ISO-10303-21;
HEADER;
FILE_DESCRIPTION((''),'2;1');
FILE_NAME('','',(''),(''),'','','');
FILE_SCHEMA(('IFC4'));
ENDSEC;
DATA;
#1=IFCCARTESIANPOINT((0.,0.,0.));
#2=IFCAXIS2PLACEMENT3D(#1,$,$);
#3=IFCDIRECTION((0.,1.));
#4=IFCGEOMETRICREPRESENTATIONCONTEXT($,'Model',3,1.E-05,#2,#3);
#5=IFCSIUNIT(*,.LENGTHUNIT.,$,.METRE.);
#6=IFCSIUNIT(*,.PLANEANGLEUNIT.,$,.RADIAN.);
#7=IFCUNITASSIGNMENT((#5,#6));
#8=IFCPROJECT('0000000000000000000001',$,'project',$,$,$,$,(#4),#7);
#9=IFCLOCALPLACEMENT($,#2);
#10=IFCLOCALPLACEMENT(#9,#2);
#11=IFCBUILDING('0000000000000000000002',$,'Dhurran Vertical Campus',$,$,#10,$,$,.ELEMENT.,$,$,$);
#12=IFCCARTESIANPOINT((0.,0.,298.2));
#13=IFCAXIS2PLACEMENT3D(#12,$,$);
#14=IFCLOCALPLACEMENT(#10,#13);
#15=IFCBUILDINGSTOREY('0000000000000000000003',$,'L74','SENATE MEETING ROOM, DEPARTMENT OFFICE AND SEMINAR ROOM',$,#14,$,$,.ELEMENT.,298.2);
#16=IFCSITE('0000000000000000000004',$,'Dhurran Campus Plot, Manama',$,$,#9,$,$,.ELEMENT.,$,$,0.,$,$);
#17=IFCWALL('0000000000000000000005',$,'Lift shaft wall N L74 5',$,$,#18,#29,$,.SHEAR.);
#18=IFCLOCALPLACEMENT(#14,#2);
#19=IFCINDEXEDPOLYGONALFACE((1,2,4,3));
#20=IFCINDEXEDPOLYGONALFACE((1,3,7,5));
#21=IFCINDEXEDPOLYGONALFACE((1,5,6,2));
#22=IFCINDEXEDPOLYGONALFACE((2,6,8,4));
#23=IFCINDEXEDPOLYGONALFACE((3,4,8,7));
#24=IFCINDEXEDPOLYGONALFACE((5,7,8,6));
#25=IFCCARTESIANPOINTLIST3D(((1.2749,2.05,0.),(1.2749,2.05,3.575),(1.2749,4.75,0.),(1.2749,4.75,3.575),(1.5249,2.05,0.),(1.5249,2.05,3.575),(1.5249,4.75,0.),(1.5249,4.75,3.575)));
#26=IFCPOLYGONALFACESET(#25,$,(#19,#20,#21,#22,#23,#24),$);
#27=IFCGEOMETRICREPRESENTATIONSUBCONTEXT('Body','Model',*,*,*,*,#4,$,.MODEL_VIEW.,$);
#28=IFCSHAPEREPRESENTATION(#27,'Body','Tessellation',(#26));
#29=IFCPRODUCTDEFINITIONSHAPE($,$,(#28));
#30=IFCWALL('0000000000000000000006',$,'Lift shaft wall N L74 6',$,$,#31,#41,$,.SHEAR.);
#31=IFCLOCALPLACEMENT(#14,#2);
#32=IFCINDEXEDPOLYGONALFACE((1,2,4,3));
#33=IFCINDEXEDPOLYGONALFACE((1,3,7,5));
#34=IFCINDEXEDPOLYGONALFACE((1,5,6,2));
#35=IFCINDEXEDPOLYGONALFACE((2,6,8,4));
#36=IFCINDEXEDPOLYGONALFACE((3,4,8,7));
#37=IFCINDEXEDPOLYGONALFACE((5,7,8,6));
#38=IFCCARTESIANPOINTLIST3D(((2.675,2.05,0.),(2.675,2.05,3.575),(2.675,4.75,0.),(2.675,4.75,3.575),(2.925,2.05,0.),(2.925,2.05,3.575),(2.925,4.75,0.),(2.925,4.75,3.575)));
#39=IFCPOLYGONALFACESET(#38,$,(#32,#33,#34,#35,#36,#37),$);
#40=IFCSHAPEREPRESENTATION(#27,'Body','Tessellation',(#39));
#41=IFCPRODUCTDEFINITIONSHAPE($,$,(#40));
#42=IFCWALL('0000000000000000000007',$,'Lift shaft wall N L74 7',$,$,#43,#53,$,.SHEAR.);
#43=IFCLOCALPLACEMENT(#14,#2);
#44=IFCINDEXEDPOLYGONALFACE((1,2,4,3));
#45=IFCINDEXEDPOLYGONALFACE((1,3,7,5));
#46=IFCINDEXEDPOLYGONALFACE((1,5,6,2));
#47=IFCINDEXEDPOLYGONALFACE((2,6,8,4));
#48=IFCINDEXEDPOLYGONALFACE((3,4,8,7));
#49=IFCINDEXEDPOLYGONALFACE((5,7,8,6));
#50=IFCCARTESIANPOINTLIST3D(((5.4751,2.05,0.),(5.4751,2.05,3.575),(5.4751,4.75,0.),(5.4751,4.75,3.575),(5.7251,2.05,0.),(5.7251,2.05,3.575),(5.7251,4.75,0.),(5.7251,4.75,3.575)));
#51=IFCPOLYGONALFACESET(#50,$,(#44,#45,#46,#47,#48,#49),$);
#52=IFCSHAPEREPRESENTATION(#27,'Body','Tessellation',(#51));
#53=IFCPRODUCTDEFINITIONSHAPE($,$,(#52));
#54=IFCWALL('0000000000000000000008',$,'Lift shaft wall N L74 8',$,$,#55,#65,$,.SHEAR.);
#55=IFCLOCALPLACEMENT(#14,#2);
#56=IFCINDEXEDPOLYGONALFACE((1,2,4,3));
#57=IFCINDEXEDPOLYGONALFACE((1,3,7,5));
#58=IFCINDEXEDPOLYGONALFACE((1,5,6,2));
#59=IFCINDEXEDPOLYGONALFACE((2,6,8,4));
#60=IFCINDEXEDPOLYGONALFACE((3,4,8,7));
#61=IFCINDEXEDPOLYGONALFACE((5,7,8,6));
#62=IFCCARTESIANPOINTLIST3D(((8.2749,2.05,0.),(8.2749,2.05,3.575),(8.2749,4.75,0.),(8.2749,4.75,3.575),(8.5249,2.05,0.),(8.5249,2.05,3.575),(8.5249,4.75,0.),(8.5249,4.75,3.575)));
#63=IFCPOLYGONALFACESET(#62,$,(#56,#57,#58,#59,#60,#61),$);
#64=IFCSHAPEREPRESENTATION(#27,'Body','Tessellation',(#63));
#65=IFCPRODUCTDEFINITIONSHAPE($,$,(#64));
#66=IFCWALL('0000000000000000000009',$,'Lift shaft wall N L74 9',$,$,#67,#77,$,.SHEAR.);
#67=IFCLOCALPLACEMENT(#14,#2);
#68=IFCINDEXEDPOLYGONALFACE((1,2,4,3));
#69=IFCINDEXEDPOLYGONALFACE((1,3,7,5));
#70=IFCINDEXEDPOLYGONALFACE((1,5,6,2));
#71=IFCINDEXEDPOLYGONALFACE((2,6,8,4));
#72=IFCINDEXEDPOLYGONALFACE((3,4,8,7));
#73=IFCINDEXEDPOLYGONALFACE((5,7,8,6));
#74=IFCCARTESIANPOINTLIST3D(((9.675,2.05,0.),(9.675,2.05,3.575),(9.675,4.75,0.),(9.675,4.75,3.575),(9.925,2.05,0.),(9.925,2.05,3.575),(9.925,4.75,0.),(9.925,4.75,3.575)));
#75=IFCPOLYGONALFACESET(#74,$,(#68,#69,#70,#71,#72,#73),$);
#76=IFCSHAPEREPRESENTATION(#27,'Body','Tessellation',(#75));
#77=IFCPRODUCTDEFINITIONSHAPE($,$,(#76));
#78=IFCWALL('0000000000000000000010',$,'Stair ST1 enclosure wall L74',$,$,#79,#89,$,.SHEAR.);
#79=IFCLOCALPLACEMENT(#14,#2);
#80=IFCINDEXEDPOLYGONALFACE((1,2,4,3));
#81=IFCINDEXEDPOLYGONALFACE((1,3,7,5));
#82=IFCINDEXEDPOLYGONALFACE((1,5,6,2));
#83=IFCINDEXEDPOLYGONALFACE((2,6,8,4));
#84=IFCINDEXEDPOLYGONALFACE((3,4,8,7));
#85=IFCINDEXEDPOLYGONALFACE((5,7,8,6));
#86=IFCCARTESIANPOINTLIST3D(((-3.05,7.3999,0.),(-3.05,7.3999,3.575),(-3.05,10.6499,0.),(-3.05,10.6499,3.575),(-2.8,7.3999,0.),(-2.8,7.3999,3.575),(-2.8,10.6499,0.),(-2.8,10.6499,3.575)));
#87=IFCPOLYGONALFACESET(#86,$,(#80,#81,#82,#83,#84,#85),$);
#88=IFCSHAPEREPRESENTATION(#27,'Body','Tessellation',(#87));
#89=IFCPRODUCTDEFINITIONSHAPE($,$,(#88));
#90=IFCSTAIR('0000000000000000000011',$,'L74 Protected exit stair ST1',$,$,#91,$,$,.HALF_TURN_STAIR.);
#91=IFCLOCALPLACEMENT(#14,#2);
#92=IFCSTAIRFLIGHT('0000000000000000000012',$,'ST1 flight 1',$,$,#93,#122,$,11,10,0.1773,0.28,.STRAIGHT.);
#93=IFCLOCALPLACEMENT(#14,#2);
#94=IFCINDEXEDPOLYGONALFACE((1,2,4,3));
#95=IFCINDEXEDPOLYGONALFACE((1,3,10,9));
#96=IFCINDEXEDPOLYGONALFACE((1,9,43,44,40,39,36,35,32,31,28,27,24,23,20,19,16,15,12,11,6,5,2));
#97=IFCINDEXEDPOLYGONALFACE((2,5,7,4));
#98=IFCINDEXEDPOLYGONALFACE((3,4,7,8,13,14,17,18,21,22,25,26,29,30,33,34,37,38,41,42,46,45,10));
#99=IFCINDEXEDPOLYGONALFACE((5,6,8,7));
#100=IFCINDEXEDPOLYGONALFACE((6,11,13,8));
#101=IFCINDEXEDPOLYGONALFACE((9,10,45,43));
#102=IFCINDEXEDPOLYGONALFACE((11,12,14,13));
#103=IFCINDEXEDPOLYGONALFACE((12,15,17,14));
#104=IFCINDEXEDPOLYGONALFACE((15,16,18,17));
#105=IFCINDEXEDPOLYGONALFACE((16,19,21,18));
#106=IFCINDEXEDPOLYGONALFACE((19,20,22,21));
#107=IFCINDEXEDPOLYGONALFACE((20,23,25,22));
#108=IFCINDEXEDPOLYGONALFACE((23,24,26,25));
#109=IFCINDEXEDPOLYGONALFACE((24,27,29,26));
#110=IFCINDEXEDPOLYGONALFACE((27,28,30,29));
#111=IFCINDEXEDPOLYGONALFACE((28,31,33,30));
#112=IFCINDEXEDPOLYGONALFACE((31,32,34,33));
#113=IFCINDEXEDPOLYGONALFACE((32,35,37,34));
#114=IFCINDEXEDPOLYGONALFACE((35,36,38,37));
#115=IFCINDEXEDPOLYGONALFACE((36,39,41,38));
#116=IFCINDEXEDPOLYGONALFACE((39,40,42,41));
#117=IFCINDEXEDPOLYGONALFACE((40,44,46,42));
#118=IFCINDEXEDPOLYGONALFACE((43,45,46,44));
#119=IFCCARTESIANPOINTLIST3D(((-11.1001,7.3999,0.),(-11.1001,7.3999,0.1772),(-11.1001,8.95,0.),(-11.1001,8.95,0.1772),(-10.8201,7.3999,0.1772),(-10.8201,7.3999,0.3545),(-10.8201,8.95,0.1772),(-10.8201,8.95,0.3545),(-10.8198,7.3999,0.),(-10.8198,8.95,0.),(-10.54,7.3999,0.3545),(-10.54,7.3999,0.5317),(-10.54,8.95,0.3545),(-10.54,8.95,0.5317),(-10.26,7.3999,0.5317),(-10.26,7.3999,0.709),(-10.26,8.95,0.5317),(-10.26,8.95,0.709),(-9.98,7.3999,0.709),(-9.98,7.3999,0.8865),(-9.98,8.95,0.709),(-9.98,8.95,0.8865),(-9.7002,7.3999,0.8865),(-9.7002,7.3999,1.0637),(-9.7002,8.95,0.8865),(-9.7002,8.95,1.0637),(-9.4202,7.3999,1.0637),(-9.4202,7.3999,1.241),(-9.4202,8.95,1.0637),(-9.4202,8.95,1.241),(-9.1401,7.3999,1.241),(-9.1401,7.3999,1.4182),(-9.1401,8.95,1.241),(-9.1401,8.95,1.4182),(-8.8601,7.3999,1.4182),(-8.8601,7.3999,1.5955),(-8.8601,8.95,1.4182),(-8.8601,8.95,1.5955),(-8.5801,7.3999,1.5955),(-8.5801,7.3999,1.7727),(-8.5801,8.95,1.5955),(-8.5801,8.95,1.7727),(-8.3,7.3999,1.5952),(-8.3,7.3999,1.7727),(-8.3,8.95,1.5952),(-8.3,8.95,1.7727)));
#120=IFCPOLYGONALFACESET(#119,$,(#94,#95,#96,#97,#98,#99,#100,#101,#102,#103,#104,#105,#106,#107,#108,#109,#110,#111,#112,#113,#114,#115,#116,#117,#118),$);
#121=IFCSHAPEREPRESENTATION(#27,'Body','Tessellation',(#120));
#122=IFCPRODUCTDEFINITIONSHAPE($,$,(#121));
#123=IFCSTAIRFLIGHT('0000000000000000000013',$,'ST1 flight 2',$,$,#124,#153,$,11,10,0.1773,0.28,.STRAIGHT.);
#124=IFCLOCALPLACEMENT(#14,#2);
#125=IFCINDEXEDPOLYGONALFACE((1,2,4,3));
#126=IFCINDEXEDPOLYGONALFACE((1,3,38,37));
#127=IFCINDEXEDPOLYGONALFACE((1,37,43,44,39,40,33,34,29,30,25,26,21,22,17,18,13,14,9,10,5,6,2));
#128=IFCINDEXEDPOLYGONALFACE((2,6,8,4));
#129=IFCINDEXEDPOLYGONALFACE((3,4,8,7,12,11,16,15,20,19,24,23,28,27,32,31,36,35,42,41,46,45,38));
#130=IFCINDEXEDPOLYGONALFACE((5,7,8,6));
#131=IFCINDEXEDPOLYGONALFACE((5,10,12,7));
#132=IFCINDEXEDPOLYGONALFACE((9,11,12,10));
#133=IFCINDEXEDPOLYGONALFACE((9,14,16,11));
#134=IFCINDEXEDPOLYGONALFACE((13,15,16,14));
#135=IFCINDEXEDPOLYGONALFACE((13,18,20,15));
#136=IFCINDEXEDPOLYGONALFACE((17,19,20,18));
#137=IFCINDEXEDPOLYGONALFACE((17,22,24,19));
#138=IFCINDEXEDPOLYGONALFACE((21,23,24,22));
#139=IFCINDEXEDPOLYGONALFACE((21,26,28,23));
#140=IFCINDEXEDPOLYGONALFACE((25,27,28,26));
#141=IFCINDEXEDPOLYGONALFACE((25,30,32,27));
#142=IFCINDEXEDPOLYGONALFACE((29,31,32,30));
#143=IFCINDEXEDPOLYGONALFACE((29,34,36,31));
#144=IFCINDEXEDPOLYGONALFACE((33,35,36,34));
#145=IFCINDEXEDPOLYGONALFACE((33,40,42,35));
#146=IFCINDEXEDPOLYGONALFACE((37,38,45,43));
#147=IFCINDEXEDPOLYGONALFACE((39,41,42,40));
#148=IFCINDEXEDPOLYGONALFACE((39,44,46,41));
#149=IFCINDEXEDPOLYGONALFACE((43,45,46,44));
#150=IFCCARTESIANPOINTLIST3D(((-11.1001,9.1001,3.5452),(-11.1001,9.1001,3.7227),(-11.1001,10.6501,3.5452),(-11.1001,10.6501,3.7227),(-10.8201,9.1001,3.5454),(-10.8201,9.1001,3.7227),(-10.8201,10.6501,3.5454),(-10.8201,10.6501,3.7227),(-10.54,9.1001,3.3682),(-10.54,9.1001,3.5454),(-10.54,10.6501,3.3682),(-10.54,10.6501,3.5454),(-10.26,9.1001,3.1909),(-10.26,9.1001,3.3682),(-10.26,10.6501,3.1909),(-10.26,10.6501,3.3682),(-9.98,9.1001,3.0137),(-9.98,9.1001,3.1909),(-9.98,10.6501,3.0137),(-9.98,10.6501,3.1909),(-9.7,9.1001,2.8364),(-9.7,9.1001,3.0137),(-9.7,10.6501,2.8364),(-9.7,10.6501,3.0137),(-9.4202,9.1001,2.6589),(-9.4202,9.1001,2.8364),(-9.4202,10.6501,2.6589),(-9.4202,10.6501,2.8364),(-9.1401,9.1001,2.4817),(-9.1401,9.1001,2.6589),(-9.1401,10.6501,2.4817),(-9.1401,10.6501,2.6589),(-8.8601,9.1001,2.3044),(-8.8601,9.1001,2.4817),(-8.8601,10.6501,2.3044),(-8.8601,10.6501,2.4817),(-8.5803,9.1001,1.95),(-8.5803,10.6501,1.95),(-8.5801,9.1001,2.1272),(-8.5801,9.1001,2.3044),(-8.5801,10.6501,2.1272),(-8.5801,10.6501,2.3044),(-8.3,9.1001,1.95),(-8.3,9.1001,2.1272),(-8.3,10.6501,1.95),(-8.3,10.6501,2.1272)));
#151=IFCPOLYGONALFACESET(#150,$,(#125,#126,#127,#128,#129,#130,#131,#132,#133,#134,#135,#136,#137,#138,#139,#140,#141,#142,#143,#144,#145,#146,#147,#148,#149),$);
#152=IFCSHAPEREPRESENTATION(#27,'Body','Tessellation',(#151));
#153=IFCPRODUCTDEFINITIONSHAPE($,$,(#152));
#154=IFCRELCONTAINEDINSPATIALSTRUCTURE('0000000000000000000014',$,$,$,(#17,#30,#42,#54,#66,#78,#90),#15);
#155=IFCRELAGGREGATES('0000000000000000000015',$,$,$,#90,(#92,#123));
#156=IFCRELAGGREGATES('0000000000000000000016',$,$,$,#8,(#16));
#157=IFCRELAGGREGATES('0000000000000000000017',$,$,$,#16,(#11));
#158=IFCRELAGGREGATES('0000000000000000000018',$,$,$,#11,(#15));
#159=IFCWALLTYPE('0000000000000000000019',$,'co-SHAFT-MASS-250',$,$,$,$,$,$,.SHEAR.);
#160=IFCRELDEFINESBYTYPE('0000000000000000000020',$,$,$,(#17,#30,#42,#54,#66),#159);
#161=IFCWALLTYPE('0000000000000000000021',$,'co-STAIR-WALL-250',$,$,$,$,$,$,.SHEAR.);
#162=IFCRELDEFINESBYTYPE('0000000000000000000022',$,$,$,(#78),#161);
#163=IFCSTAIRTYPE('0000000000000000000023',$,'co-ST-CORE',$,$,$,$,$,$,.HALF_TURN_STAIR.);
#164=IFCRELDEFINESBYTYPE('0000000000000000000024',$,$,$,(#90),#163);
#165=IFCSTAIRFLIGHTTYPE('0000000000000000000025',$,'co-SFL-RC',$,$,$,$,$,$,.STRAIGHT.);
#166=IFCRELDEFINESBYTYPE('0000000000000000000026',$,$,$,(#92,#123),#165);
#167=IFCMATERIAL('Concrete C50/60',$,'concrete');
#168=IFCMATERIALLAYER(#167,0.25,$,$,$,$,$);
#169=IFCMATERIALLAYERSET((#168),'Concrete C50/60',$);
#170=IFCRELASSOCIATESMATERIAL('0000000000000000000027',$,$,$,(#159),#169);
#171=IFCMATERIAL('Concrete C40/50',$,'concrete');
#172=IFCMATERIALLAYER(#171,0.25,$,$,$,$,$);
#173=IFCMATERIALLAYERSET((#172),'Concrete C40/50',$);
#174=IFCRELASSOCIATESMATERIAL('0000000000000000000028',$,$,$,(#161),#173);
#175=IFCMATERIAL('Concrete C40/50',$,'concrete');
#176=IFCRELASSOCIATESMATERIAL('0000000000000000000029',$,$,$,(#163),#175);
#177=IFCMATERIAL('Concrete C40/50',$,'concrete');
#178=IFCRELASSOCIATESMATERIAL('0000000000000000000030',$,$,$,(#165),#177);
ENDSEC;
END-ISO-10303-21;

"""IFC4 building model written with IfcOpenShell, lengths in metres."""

from ifc_helpers import new_model, si_unit, direction, frame, frame_2d, origin, place, context, subcontext, project, spatial, polyline, rectangle, outline, extrude, material, layer, layer_set, type_object, element, aggregate, save


model = new_model("IFC4")

# Units and contexts
model_context = context("Model", 3, precision=1e-05, world=origin(), true_north=direction((0.0, 1.0)))
body_context = subcontext(model_context, "Body", "Model", "MODEL_VIEW")
ifc_project = project(units=[si_unit("LENGTHUNIT", "METRE"), si_unit("PLANEANGLEUNIT", "RADIAN")], contexts=[model_context])

# Site, building, storey
site_placement = place(None, origin())
site = spatial("IfcSite", under=ifc_project, at=site_placement, Name="Dhurran Campus Plot, Manama", CompositionType="ELEMENT", RefElevation=0.0)
building_placement = place(site_placement, origin())
building = spatial("IfcBuilding", under=site, at=building_placement, Name="Dhurran Vertical Campus", CompositionType="ELEMENT")
storey_placement = place(building_placement, frame((0.0, 0.0, 298.2)))
storey = spatial("IfcBuildingStorey", under=building, at=storey_placement, Name="L74", Description="SENATE MEETING ROOM, DEPARTMENT OFFICE AND SEMINAR ROOM", CompositionType="ELEMENT", Elevation=298.2)

# Walls
ifc_material_1 = material(Name="Concrete C50/60", Category="concrete")
ifc_layer_1 = layer(ifc_material_1, 0.25)
ifc_layer_set_1 = layer_set([ifc_layer_1], Name="Concrete C50/60")
wall_type_1 = type_object("IfcWallType", Name="co-SHAFT-MASS-250", PredefinedType="SHEAR", material=ifc_layer_set_1)
wall_1_placement = place(storey_placement, origin())
element("IfcWall", 1, at=wall_1_placement, inside=storey, type_object=wall_type_1, Name="Lift shaft wall N L74 5", PredefinedType="SHEAR", context=body_context, shape_type="SweptSolid", body=[
    extrude(outline(polyline([(1.2749, 2.05), (1.5249, 2.05), (1.5249, 4.75), (1.2749, 4.75), (1.2749, 2.05)])), origin(), (0.0, 0.0, 1.0), 3.575),
])
wall_2_placement = place(storey_placement, origin())
element("IfcWall", 2, at=wall_2_placement, inside=storey, type_object=wall_type_1, Name="Lift shaft wall N L74 6", PredefinedType="SHEAR", context=body_context, shape_type="SweptSolid", body=[
    extrude(outline(polyline([(2.675, 2.05), (2.925, 2.05), (2.925, 4.75), (2.675, 4.75), (2.675, 2.05)])), origin(), (0.0, 0.0, 1.0), 3.575),
])
wall_3_placement = place(storey_placement, origin())
element("IfcWall", 3, at=wall_3_placement, inside=storey, type_object=wall_type_1, Name="Lift shaft wall N L74 7", PredefinedType="SHEAR", context=body_context, shape_type="SweptSolid", body=[
    extrude(outline(polyline([(5.4751, 2.05), (5.7251, 2.05), (5.7251, 4.75), (5.4751, 4.75), (5.4751, 2.05)])), origin(), (0.0, 0.0, 1.0), 3.575),
])
wall_4_placement = place(storey_placement, origin())
element("IfcWall", 4, at=wall_4_placement, inside=storey, type_object=wall_type_1, Name="Lift shaft wall N L74 8", PredefinedType="SHEAR", context=body_context, shape_type="SweptSolid", body=[
    extrude(outline(polyline([(8.2749, 2.05), (8.5249, 2.05), (8.5249, 4.75), (8.2749, 4.75), (8.2749, 2.05)])), origin(), (0.0, 0.0, 1.0), 3.575),
])
wall_5_placement = place(storey_placement, origin())
element("IfcWall", 5, at=wall_5_placement, inside=storey, type_object=wall_type_1, Name="Lift shaft wall N L74 9", PredefinedType="SHEAR", context=body_context, shape_type="SweptSolid", body=[
    extrude(outline(polyline([(9.675, 2.05), (9.925, 2.05), (9.925, 4.75), (9.675, 4.75), (9.675, 2.05)])), origin(), (0.0, 0.0, 1.0), 3.575),
])
ifc_material_2 = material(Name="Concrete C40/50", Category="concrete")
ifc_layer_2 = layer(ifc_material_2, 0.25)
ifc_layer_set_2 = layer_set([ifc_layer_2], Name="Concrete C40/50")
wall_type_2 = type_object("IfcWallType", Name="co-STAIR-WALL-250", PredefinedType="SHEAR", material=ifc_layer_set_2)
wall_6_placement = place(storey_placement, frame((-2.925, 7.3999, 0.0), z_axis=(0.0, 0.0, 1.0), x_axis=(0.0, 1.0, 0.0)))
element("IfcWall", 6, at=wall_6_placement, inside=storey, type_object=wall_type_2, Name="Stair ST1 enclosure wall L74", PredefinedType="SHEAR", context=body_context, shape_type="SweptSolid", body=[
    extrude(rectangle(XDim=3.25, YDim=0.25, at=frame_2d((1.625, 0.0))), origin(), (0.0, 0.0, 1.0), 3.575),
])

# Stair, stair flights
ifc_material_3 = material(Name="Concrete C40/50", Category="concrete")
stair_type = type_object("IfcStairType", Name="co-ST-CORE", PredefinedType="HALF_TURN_STAIR", material=ifc_material_3)
stair_placement = place(storey_placement, origin())
stair = element("IfcStair", 7, at=stair_placement, inside=storey, type_object=stair_type, Name="L74 Protected exit stair ST1", PredefinedType="HALF_TURN_STAIR")
ifc_material_4 = material(Name="Concrete C40/50", Category="concrete")
stair_flight_type = type_object("IfcStairFlightType", Name="co-SFL-RC", PredefinedType="STRAIGHT", material=ifc_material_4)
stair_flight_1_placement = place(storey_placement, frame((-11.1001, 8.175, 0.0), z_axis=(0.0, 0.0, 1.0), x_axis=(1.0, 0.0, 0.0)))
stair_flight_1 = element("IfcStairFlight", 8, at=stair_flight_1_placement, type_object=stair_flight_type, Name="ST1 flight 1", NumberOfRisers=11, NumberOfTreads=10, PredefinedType="STRAIGHT", RiserHeight=0.1773, TreadLength=0.28, context=body_context, shape_type="SweptSolid", body=[
    extrude(outline(polyline([(0.0, 0.0), (0.0, 0.1772), (0.28, 0.1772), (0.28, 0.3545), (0.5601, 0.3545), (0.5601, 0.5317), (0.8401, 0.5317), (0.8401, 0.709), (1.1201, 0.709), (1.1201, 0.8865), (1.3999, 0.8865), (1.3999, 1.0637), (1.6799, 1.0637), (1.6799, 1.241), (1.96, 1.241), (1.96, 1.4182), (2.24, 1.4182), (2.24, 1.5955), (2.52, 1.5955), (2.52, 1.7727), (2.8, 1.7727), (2.8, 1.95), (2.8, 1.5952), (0.2803, 0.0), (0.0, 0.0)])), frame((0.0, 0.7749, 0.0), z_axis=(0.0, -1.0, 0.0), x_axis=(1.0, 0.0, 0.0)), (0.0, 0.0, 1.0), 1.55),
])
stair_flight_2_placement = place(storey_placement, frame((-8.3, 9.875, 1.95), z_axis=(0.0, 0.0, 1.0), x_axis=(-1.0, 0.0, 0.0)))
stair_flight_2 = element("IfcStairFlight", 9, at=stair_flight_2_placement, type_object=stair_flight_type, Name="ST1 flight 2", NumberOfRisers=11, NumberOfTreads=10, PredefinedType="STRAIGHT", RiserHeight=0.1773, TreadLength=0.28, context=body_context, shape_type="SweptSolid", body=[
    extrude(outline(polyline([(0.0, 0.0), (0.0, 0.1772), (0.28, 0.1772), (0.28, 0.3545), (0.5601, 0.3545), (0.5601, 0.5317), (0.8401, 0.5317), (0.8401, 0.709), (1.1201, 0.709), (1.1201, 0.8865), (1.3999, 0.8865), (1.3999, 1.0637), (1.6799, 1.0637), (1.6799, 1.241), (1.96, 1.241), (1.96, 1.4182), (2.24, 1.4182), (2.24, 1.5955), (2.52, 1.5955), (2.52, 1.7727), (2.8, 1.7727), (2.8, 1.95), (2.8, 1.5952), (0.2803, 0.0), (0.0, 0.0)])), frame((0.0, 0.7749, 0.0), z_axis=(0.0, -1.0, 0.0), x_axis=(1.0, 0.0, 0.0)), (0.0, 0.0, 1.0), 1.55),
])
aggregate(stair, [stair_flight_1, stair_flight_2])

save(model, "model.ifc")
